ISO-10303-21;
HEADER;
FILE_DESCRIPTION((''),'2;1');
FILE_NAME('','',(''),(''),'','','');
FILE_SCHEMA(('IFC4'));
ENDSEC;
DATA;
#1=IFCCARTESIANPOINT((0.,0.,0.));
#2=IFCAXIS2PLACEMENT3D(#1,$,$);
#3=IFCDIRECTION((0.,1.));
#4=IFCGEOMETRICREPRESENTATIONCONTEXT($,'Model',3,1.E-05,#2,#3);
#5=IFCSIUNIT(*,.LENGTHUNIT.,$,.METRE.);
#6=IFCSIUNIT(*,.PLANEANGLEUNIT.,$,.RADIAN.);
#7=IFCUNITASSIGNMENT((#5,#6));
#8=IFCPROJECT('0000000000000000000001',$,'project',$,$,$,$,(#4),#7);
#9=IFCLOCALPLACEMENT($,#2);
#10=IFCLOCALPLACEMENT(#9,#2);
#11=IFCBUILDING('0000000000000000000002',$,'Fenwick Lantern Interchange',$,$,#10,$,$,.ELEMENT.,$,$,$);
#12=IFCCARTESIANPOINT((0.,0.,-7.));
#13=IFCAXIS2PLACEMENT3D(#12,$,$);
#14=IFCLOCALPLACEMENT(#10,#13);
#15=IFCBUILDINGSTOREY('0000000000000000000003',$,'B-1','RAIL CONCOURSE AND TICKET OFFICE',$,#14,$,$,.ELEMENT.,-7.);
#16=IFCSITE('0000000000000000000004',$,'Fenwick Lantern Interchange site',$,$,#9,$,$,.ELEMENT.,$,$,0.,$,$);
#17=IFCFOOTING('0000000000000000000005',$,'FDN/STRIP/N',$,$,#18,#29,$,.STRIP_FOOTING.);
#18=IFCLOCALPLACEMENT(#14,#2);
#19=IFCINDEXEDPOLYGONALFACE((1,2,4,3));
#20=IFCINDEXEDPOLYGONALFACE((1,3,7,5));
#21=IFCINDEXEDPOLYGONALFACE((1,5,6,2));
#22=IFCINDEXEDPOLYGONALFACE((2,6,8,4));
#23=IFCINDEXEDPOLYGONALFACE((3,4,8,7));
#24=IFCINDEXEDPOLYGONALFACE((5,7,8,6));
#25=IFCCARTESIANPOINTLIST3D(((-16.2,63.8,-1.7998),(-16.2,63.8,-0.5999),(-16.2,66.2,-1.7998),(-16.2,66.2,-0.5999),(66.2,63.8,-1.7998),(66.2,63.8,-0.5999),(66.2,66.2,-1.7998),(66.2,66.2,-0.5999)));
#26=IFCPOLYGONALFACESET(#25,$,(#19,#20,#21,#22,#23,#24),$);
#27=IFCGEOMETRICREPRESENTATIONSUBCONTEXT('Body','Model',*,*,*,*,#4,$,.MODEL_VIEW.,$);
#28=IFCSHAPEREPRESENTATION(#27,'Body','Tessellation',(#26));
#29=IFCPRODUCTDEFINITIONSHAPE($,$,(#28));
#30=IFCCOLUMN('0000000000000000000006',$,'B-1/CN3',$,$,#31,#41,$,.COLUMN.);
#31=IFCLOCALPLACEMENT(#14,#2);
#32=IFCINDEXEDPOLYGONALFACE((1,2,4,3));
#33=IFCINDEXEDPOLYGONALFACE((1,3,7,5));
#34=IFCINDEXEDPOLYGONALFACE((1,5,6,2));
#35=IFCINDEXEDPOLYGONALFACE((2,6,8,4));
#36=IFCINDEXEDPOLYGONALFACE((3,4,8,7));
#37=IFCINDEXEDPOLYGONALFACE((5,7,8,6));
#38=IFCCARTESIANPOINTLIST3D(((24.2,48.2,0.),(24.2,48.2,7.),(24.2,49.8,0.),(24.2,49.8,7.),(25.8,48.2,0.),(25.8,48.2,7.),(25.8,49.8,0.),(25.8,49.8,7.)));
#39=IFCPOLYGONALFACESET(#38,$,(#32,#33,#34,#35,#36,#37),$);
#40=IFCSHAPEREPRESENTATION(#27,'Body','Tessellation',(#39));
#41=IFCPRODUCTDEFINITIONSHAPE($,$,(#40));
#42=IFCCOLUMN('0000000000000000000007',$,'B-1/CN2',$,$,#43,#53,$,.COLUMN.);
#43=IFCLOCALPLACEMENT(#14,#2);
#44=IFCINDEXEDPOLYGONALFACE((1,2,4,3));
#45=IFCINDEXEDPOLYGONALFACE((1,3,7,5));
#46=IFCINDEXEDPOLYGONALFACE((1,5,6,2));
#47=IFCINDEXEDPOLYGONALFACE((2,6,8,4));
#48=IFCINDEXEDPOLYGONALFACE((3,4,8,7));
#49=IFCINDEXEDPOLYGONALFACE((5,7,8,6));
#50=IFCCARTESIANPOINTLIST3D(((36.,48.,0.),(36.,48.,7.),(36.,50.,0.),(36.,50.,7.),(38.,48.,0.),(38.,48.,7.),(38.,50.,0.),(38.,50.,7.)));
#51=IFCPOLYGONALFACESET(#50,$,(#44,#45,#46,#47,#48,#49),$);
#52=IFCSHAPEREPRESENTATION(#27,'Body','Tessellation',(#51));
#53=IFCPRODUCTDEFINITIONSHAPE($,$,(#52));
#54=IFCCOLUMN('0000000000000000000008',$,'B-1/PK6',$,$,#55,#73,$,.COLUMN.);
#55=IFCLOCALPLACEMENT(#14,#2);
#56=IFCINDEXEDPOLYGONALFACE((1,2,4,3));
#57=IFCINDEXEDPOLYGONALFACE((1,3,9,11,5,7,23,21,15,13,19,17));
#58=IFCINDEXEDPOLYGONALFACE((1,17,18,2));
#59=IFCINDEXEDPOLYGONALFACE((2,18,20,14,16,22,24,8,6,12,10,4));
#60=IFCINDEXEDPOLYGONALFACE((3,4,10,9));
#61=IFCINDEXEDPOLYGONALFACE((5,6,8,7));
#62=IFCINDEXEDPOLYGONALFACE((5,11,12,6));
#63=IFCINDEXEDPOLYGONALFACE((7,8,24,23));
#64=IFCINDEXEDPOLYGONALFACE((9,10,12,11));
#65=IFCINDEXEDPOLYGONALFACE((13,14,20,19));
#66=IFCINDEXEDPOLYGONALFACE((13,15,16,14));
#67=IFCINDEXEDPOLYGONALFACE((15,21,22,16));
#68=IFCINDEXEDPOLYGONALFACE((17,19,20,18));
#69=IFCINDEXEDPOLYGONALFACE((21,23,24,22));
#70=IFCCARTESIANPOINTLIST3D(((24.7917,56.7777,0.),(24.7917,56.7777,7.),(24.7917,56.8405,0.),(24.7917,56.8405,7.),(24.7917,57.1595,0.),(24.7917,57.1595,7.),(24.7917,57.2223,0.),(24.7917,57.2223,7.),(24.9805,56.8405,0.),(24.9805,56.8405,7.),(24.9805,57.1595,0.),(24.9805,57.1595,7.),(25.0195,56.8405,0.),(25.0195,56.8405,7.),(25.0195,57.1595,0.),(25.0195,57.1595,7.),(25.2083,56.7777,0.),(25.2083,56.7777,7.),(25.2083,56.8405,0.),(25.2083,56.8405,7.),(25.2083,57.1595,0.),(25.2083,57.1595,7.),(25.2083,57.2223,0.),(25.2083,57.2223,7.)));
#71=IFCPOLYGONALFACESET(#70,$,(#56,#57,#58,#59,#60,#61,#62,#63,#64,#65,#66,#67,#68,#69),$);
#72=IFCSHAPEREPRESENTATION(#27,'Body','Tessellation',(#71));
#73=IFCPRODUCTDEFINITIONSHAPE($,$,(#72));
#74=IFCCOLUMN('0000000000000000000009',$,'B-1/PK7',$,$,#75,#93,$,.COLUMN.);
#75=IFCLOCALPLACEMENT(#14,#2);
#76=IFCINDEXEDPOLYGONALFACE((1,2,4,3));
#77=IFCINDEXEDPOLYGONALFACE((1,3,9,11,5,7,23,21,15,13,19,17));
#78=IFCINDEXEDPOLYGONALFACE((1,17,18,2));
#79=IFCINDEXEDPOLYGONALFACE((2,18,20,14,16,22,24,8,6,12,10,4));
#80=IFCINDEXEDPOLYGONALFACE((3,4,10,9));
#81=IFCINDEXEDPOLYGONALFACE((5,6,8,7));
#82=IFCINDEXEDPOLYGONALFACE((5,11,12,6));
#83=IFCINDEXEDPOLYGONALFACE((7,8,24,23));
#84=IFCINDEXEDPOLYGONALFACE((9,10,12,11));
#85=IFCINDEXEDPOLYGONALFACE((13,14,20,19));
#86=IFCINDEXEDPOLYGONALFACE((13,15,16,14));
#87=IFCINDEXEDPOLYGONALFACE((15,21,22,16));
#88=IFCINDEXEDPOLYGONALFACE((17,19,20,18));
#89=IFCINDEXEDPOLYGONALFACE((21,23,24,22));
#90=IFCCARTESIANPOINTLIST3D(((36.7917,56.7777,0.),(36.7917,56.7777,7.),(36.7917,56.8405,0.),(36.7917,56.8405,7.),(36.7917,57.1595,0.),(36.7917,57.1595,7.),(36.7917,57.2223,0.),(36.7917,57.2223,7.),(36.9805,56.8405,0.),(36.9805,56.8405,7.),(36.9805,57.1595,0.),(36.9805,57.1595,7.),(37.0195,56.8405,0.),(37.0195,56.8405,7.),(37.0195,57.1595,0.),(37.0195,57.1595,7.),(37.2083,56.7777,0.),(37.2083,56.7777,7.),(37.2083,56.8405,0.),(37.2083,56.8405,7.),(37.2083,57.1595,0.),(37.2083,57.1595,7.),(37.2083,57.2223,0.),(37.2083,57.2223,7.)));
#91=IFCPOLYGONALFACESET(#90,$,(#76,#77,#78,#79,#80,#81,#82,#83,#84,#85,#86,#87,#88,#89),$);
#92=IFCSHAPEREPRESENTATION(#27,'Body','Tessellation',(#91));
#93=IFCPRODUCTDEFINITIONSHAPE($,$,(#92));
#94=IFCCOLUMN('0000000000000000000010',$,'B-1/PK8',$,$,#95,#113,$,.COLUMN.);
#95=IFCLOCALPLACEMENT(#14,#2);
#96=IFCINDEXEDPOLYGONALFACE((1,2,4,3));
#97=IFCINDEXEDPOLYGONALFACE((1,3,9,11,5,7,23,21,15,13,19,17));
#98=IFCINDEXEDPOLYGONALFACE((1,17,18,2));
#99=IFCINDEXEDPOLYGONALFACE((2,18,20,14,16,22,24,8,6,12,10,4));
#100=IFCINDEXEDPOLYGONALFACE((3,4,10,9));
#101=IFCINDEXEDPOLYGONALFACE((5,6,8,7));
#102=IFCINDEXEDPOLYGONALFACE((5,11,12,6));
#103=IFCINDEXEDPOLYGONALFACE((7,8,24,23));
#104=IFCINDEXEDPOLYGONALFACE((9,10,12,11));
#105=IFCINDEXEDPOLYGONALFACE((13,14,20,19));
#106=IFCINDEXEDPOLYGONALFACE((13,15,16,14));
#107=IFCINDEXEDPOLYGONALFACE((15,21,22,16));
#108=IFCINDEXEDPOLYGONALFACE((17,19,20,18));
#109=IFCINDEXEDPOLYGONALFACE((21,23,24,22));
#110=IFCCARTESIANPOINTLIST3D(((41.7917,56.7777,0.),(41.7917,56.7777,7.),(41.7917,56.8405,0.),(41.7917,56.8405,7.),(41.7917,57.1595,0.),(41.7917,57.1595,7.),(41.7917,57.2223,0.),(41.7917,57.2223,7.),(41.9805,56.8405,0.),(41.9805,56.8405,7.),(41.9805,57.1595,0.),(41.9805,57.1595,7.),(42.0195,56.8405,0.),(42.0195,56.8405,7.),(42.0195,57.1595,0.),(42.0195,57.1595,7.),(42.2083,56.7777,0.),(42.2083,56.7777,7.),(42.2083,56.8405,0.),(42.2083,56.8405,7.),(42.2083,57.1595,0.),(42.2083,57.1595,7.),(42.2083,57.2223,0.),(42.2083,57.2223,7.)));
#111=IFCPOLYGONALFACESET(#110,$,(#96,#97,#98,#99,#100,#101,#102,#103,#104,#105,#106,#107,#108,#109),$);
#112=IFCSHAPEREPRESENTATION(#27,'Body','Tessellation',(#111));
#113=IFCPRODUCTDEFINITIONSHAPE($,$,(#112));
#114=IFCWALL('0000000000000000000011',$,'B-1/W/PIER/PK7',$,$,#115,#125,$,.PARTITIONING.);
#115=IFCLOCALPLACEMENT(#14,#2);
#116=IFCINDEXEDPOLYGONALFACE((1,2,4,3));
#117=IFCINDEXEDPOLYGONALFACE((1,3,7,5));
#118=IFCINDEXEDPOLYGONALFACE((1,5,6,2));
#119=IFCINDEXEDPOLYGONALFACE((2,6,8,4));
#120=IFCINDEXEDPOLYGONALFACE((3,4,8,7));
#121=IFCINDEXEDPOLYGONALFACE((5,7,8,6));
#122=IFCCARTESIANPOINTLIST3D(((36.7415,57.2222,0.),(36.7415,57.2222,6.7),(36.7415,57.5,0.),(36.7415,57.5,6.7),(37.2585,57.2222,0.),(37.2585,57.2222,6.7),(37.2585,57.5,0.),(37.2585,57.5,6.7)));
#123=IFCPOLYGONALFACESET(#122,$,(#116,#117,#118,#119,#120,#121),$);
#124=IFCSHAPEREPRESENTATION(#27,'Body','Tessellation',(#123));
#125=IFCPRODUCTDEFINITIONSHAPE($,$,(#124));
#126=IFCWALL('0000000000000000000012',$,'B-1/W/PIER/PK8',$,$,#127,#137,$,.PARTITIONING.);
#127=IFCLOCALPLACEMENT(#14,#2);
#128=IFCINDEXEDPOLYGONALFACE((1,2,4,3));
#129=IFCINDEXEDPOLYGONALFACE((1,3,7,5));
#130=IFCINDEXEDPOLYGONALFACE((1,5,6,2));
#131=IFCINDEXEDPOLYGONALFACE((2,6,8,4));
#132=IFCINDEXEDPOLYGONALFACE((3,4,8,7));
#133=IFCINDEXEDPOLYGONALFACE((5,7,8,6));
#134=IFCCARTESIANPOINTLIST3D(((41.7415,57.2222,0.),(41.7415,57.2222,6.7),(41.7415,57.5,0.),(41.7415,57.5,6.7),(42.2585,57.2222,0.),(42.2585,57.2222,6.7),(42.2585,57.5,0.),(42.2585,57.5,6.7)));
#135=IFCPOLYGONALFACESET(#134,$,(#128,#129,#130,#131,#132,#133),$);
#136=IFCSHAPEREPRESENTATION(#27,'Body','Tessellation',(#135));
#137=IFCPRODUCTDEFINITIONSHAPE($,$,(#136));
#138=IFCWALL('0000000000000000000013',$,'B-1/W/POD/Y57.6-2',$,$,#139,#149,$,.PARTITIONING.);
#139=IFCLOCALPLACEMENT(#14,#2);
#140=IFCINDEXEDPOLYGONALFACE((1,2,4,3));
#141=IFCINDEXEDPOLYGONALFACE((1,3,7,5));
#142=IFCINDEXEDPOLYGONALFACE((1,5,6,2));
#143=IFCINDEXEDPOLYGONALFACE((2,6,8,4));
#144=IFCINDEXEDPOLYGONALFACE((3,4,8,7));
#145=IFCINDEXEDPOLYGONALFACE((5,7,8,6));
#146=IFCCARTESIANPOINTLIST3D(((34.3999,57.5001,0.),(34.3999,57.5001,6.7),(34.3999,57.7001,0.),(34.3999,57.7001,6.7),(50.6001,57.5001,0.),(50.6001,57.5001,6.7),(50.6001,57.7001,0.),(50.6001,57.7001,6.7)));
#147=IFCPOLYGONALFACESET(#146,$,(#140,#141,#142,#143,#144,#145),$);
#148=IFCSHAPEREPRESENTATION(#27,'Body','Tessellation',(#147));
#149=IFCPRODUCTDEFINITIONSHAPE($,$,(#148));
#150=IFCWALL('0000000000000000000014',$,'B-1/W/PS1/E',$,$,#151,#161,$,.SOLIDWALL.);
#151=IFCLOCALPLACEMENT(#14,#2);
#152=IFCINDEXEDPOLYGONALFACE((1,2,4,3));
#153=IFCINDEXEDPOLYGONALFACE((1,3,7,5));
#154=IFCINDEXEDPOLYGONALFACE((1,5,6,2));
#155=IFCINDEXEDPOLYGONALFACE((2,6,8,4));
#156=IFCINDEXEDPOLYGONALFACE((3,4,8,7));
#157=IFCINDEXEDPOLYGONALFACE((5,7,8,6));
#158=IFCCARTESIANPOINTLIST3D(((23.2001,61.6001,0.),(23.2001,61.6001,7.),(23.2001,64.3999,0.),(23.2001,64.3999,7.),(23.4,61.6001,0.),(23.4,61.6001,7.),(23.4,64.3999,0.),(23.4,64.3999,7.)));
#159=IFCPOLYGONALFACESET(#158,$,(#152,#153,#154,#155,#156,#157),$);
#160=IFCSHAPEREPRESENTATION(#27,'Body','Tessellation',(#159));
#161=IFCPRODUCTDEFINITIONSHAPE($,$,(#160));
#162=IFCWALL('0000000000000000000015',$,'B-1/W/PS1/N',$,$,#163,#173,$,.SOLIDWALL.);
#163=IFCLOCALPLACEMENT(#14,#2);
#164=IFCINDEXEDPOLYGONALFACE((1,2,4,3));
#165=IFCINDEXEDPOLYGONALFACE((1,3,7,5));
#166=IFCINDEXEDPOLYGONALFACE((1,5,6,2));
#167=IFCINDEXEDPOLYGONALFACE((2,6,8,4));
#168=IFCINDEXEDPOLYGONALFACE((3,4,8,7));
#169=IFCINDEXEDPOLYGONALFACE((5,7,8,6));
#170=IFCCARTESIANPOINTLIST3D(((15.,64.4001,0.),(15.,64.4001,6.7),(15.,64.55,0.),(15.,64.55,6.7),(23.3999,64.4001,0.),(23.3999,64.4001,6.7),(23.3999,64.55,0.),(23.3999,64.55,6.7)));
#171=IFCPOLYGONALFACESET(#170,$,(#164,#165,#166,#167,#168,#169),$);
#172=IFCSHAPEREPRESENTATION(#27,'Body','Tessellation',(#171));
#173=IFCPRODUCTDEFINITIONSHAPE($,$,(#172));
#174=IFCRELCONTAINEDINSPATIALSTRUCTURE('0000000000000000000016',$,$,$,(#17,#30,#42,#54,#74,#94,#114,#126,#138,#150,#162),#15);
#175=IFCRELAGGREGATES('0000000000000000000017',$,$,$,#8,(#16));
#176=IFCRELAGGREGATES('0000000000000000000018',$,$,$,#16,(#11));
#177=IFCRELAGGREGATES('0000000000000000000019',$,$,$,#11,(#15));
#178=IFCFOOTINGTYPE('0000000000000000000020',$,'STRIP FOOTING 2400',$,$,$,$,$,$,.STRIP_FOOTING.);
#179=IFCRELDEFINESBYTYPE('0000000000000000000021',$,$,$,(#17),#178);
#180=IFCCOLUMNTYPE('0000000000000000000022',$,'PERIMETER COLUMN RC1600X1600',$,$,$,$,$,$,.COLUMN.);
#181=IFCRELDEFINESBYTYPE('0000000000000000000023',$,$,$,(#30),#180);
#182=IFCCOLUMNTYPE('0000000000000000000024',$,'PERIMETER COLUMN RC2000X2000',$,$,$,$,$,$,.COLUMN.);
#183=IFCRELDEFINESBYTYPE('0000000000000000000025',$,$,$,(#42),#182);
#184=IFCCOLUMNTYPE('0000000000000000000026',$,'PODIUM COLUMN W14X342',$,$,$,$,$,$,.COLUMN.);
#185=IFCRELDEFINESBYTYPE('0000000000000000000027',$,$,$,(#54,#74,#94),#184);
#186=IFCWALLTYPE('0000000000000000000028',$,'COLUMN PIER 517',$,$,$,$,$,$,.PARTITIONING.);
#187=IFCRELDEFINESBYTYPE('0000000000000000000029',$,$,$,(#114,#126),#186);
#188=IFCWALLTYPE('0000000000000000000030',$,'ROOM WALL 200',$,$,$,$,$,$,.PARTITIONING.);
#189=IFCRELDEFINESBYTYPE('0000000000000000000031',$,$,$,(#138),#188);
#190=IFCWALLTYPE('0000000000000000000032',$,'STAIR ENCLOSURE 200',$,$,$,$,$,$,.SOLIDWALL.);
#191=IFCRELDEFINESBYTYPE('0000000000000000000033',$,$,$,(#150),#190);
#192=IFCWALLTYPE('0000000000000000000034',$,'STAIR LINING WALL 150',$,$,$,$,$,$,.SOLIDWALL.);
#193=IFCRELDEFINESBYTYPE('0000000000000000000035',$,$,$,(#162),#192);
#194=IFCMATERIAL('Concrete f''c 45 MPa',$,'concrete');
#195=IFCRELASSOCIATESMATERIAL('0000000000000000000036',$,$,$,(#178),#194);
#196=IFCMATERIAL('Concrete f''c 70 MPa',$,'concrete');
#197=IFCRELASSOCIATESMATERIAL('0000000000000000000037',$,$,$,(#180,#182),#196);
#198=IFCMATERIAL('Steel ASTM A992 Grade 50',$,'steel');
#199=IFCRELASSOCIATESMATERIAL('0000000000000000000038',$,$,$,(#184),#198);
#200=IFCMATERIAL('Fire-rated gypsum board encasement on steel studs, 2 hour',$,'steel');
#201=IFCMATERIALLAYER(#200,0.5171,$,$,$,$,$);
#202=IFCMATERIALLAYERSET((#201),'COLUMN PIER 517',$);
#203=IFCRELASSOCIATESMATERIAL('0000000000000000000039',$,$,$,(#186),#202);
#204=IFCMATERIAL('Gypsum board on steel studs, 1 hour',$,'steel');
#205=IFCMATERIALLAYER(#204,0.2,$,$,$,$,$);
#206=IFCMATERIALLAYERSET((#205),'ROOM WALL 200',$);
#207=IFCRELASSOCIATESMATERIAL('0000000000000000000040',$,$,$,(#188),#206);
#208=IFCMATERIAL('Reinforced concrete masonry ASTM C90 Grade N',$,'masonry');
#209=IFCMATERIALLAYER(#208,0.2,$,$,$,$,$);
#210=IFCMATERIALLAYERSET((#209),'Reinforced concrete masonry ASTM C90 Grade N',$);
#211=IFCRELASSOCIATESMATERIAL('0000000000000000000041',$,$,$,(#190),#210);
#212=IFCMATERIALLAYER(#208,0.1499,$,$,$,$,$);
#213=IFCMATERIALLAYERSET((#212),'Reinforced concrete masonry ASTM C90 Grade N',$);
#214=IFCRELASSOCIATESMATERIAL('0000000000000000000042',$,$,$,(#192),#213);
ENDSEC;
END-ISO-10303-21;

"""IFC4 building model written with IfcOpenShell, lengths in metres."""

from ifc_helpers import new_model, si_unit, direction, frame, frame_2d, origin, origin_2d, place, context, subcontext, project, spatial, rectangle, i_section, extrude, material, layer, layer_set, material_profile, profile_set, type_object, element, save


model = new_model("IFC4")

# Units and contexts
model_context = context("Model", 3, precision=1e-05, world=origin(), true_north=direction((0.0, 1.0)))
body_context = subcontext(model_context, "Body", "Model", "MODEL_VIEW")
ifc_project = project(units=[si_unit("LENGTHUNIT", "METRE"), si_unit("PLANEANGLEUNIT", "RADIAN")], contexts=[model_context])

# Site, building, storey
site_placement = place(None, origin())
site = spatial("IfcSite", under=ifc_project, at=site_placement, Name="Fenwick Lantern Interchange site", CompositionType="ELEMENT", RefElevation=0.0)
building_placement = place(site_placement, origin())
building = spatial("IfcBuilding", under=site, at=building_placement, Name="Fenwick Lantern Interchange", CompositionType="ELEMENT")
storey_placement = place(building_placement, frame((0.0, 0.0, -7.0)))
storey = spatial("IfcBuildingStorey", under=building, at=storey_placement, Name="B-1", Description="RAIL CONCOURSE AND TICKET OFFICE", CompositionType="ELEMENT", Elevation=-7.0)

# Shared definitions
ifc_material_1 = material(Name="Concrete f'c 45 MPa", Category="concrete")

# Footing
footing_type_1 = type_object("IfcFootingType", Name="STRIP FOOTING 2400", PredefinedType="STRIP_FOOTING", material=ifc_material_1)
footing_placement = place(storey_placement, frame((25.0, 65.0, -1.7998), z_axis=(0.0, 0.0, 1.0), x_axis=(1.0, 0.0, 0.0)))
element("IfcFooting", 1, at=footing_placement, inside=storey, type_object=footing_type_1, Name="FDN/STRIP/N", PredefinedType="STRIP_FOOTING", context=body_context, shape_type="SweptSolid", body=[
    extrude(rectangle(XDim=82.3999, YDim=2.3999, at=origin_2d()), origin(), (0.0, 0.0, 1.0), 1.2),
])

# Columns
ifc_material_2 = material(Name="Concrete f'c 70 MPa", Category="concrete")
ifc_material_profile_1 = material_profile(ifc_material_2, rectangle(XDim=1.6001, YDim=1.6001, at=origin_2d()), Name="RC1600X1600")
ifc_profile_set_1 = profile_set([ifc_material_profile_1], Name="Concrete f'c 70 MPa")
column_type_1 = type_object("IfcColumnType", Name="PERIMETER COLUMN RC1600X1600", PredefinedType="COLUMN", material=ifc_profile_set_1)
column_1_placement = place(storey_placement, frame((25.0, 49.0, 0.0), z_axis=(0.0, 0.0, 1.0), x_axis=(1.0, 0.0, 0.0)))
element("IfcColumn", 2, at=column_1_placement, inside=storey, type_object=column_type_1, Name="B-1/CN3", PredefinedType="COLUMN", context=body_context, shape_type="SweptSolid", body=[
    extrude(rectangle(XDim=1.6001, YDim=1.6001, at=origin_2d()), origin(), (0.0, 0.0, 1.0), 7.0),
])
ifc_material_profile_2 = material_profile(ifc_material_2, rectangle(XDim=2.0, YDim=2.0, at=origin_2d()), Name="RC2000X2000")
ifc_profile_set_2 = profile_set([ifc_material_profile_2], Name="Concrete f'c 70 MPa")
column_type_2 = type_object("IfcColumnType", Name="PERIMETER COLUMN RC2000X2000", PredefinedType="COLUMN", material=ifc_profile_set_2)
column_2_placement = place(storey_placement, frame((37.0, 49.0, 0.0), z_axis=(0.0, 0.0, 1.0), x_axis=(1.0, 0.0, 0.0)))
element("IfcColumn", 3, at=column_2_placement, inside=storey, type_object=column_type_2, Name="B-1/CN2", PredefinedType="COLUMN", context=body_context, shape_type="SweptSolid", body=[
    extrude(rectangle(XDim=2.0, YDim=2.0, at=origin_2d()), origin(), (0.0, 0.0, 1.0), 7.0),
])
ifc_material_3 = material(Name="Steel ASTM A992 Grade 50", Category="steel")
ifc_material_profile_3 = material_profile(ifc_material_3, i_section(OverallWidth=0.4165, OverallDepth=0.4446, WebThickness=0.0391, FlangeThickness=0.0627, at=origin_2d()), Name="W14X342")
ifc_profile_set_3 = profile_set([ifc_material_profile_3], Name="Steel ASTM A992 Grade 50")
column_type_3 = type_object("IfcColumnType", Name="PODIUM COLUMN W14X342", PredefinedType="COLUMN", material=ifc_profile_set_3)
for number, where, z_axis, x_axis, name in (
    (4, (25.0, 57.0, 0.0), (0.0, 0.0, 1.0), (1.0, 0.0, 0.0), "B-1/PK6"),
    (5, (37.0, 57.0, 0.0), (0.0, 0.0, 1.0), (1.0, 0.0, 0.0), "B-1/PK7"),
    (6, (42.0, 57.0, 0.0), (0.0, 0.0, 1.0), (1.0, 0.0, 0.0), "B-1/PK8"),
):
    element("IfcColumn", number, at=place(storey_placement, frame(where, z_axis=z_axis, x_axis=x_axis)), inside=storey, type_object=column_type_3, Name=name, PredefinedType="COLUMN", context=body_context, shape_type="SweptSolid", body=[
        extrude(i_section(OverallWidth=0.4165, OverallDepth=0.4446, WebThickness=0.0391, FlangeThickness=0.0627, at=origin_2d()), origin(), (0.0, 0.0, 1.0), 7.0),
    ])

# Walls
ifc_material_4 = material(Name="Fire-rated gypsum board encasement on steel studs, 2 hour", Category="steel")
ifc_layer_1 = layer(ifc_material_4, 0.5171)
ifc_layer_set_1 = layer_set([ifc_layer_1], Name="COLUMN PIER 517")
wall_type_1 = type_object("IfcWallType", Name="COLUMN PIER 517", PredefinedType="PARTITIONING", material=ifc_layer_set_1)
for number, where, z_axis, x_axis, name in (
    (7, (37.0, 57.5, 0.0), (0.0, 0.0, 1.0), (0.0, -1.0, 0.0), "B-1/W/PIER/PK7"),
    (8, (42.0, 57.5, 0.0), (0.0, 0.0, 1.0), (0.0, -1.0, 0.0), "B-1/W/PIER/PK8"),
):
    element("IfcWall", number, at=place(storey_placement, frame(where, z_axis=z_axis, x_axis=x_axis)), inside=storey, type_object=wall_type_1, Name=name, PredefinedType="PARTITIONING", context=body_context, shape_type="SweptSolid", body=[
        extrude(rectangle(XDim=0.2778, YDim=0.5171, at=frame_2d((0.1389, 0.0))), origin(), (0.0, 0.0, 1.0), 6.7),
    ])
ifc_material_5 = material(Name="Gypsum board on steel studs, 1 hour", Category="steel")
ifc_layer_2 = layer(ifc_material_5, 0.2)
ifc_layer_set_2 = layer_set([ifc_layer_2], Name="ROOM WALL 200")
wall_type_2 = type_object("IfcWallType", Name="ROOM WALL 200", PredefinedType="PARTITIONING", material=ifc_layer_set_2)
wall_1_placement = place(storey_placement, frame((34.3999, 57.6001, 0.0), z_axis=(0.0, 0.0, 1.0), x_axis=(1.0, 0.0, 0.0)))
element("IfcWall", 9, at=wall_1_placement, inside=storey, type_object=wall_type_2, Name="B-1/W/POD/Y57.6-2", PredefinedType="PARTITIONING", context=body_context, shape_type="SweptSolid", body=[
    extrude(rectangle(XDim=16.2002, YDim=0.2, at=frame_2d((8.1001, 0.0))), origin(), (0.0, 0.0, 1.0), 6.7),
])
ifc_material_6 = material(Name="Reinforced concrete masonry ASTM C90 Grade N", Category="masonry")
ifc_layer_3 = layer(ifc_material_6, 0.2)
ifc_layer_set_3 = layer_set([ifc_layer_3], Name="Reinforced concrete masonry ASTM C90 Grade N")
wall_type_3 = type_object("IfcWallType", Name="STAIR ENCLOSURE 200", PredefinedType="SOLIDWALL", material=ifc_layer_set_3)
wall_2_placement = place(storey_placement, frame((23.3, 61.6001, 0.0), z_axis=(0.0, 0.0, 1.0), x_axis=(0.0, 1.0, 0.0)))
element("IfcWall", 10, at=wall_2_placement, inside=storey, type_object=wall_type_3, Name="B-1/W/PS1/E", PredefinedType="SOLIDWALL", context=body_context, shape_type="SweptSolid", body=[
    extrude(rectangle(XDim=2.7998, YDim=0.2, at=frame_2d((1.3999, 0.0))), origin(), (0.0, 0.0, 1.0), 7.0),
])
ifc_layer_4 = layer(ifc_material_6, 0.1499)
ifc_layer_set_4 = layer_set([ifc_layer_4], Name="Reinforced concrete masonry ASTM C90 Grade N")
wall_type_4 = type_object("IfcWallType", Name="STAIR LINING WALL 150", PredefinedType="SOLIDWALL", material=ifc_layer_set_4)
wall_3_placement = place(storey_placement, frame((23.3999, 64.4751, 0.0), z_axis=(0.0, 0.0, 1.0), x_axis=(-1.0, 0.0, 0.0)))
element("IfcWall", 11, at=wall_3_placement, inside=storey, type_object=wall_type_4, Name="B-1/W/PS1/N", PredefinedType="SOLIDWALL", context=body_context, shape_type="SweptSolid", body=[
    extrude(rectangle(XDim=8.3999, YDim=0.1499, at=frame_2d((4.2, 0.0))), origin(), (0.0, 0.0, 1.0), 6.7),
])

save(model, "model.ifc")
